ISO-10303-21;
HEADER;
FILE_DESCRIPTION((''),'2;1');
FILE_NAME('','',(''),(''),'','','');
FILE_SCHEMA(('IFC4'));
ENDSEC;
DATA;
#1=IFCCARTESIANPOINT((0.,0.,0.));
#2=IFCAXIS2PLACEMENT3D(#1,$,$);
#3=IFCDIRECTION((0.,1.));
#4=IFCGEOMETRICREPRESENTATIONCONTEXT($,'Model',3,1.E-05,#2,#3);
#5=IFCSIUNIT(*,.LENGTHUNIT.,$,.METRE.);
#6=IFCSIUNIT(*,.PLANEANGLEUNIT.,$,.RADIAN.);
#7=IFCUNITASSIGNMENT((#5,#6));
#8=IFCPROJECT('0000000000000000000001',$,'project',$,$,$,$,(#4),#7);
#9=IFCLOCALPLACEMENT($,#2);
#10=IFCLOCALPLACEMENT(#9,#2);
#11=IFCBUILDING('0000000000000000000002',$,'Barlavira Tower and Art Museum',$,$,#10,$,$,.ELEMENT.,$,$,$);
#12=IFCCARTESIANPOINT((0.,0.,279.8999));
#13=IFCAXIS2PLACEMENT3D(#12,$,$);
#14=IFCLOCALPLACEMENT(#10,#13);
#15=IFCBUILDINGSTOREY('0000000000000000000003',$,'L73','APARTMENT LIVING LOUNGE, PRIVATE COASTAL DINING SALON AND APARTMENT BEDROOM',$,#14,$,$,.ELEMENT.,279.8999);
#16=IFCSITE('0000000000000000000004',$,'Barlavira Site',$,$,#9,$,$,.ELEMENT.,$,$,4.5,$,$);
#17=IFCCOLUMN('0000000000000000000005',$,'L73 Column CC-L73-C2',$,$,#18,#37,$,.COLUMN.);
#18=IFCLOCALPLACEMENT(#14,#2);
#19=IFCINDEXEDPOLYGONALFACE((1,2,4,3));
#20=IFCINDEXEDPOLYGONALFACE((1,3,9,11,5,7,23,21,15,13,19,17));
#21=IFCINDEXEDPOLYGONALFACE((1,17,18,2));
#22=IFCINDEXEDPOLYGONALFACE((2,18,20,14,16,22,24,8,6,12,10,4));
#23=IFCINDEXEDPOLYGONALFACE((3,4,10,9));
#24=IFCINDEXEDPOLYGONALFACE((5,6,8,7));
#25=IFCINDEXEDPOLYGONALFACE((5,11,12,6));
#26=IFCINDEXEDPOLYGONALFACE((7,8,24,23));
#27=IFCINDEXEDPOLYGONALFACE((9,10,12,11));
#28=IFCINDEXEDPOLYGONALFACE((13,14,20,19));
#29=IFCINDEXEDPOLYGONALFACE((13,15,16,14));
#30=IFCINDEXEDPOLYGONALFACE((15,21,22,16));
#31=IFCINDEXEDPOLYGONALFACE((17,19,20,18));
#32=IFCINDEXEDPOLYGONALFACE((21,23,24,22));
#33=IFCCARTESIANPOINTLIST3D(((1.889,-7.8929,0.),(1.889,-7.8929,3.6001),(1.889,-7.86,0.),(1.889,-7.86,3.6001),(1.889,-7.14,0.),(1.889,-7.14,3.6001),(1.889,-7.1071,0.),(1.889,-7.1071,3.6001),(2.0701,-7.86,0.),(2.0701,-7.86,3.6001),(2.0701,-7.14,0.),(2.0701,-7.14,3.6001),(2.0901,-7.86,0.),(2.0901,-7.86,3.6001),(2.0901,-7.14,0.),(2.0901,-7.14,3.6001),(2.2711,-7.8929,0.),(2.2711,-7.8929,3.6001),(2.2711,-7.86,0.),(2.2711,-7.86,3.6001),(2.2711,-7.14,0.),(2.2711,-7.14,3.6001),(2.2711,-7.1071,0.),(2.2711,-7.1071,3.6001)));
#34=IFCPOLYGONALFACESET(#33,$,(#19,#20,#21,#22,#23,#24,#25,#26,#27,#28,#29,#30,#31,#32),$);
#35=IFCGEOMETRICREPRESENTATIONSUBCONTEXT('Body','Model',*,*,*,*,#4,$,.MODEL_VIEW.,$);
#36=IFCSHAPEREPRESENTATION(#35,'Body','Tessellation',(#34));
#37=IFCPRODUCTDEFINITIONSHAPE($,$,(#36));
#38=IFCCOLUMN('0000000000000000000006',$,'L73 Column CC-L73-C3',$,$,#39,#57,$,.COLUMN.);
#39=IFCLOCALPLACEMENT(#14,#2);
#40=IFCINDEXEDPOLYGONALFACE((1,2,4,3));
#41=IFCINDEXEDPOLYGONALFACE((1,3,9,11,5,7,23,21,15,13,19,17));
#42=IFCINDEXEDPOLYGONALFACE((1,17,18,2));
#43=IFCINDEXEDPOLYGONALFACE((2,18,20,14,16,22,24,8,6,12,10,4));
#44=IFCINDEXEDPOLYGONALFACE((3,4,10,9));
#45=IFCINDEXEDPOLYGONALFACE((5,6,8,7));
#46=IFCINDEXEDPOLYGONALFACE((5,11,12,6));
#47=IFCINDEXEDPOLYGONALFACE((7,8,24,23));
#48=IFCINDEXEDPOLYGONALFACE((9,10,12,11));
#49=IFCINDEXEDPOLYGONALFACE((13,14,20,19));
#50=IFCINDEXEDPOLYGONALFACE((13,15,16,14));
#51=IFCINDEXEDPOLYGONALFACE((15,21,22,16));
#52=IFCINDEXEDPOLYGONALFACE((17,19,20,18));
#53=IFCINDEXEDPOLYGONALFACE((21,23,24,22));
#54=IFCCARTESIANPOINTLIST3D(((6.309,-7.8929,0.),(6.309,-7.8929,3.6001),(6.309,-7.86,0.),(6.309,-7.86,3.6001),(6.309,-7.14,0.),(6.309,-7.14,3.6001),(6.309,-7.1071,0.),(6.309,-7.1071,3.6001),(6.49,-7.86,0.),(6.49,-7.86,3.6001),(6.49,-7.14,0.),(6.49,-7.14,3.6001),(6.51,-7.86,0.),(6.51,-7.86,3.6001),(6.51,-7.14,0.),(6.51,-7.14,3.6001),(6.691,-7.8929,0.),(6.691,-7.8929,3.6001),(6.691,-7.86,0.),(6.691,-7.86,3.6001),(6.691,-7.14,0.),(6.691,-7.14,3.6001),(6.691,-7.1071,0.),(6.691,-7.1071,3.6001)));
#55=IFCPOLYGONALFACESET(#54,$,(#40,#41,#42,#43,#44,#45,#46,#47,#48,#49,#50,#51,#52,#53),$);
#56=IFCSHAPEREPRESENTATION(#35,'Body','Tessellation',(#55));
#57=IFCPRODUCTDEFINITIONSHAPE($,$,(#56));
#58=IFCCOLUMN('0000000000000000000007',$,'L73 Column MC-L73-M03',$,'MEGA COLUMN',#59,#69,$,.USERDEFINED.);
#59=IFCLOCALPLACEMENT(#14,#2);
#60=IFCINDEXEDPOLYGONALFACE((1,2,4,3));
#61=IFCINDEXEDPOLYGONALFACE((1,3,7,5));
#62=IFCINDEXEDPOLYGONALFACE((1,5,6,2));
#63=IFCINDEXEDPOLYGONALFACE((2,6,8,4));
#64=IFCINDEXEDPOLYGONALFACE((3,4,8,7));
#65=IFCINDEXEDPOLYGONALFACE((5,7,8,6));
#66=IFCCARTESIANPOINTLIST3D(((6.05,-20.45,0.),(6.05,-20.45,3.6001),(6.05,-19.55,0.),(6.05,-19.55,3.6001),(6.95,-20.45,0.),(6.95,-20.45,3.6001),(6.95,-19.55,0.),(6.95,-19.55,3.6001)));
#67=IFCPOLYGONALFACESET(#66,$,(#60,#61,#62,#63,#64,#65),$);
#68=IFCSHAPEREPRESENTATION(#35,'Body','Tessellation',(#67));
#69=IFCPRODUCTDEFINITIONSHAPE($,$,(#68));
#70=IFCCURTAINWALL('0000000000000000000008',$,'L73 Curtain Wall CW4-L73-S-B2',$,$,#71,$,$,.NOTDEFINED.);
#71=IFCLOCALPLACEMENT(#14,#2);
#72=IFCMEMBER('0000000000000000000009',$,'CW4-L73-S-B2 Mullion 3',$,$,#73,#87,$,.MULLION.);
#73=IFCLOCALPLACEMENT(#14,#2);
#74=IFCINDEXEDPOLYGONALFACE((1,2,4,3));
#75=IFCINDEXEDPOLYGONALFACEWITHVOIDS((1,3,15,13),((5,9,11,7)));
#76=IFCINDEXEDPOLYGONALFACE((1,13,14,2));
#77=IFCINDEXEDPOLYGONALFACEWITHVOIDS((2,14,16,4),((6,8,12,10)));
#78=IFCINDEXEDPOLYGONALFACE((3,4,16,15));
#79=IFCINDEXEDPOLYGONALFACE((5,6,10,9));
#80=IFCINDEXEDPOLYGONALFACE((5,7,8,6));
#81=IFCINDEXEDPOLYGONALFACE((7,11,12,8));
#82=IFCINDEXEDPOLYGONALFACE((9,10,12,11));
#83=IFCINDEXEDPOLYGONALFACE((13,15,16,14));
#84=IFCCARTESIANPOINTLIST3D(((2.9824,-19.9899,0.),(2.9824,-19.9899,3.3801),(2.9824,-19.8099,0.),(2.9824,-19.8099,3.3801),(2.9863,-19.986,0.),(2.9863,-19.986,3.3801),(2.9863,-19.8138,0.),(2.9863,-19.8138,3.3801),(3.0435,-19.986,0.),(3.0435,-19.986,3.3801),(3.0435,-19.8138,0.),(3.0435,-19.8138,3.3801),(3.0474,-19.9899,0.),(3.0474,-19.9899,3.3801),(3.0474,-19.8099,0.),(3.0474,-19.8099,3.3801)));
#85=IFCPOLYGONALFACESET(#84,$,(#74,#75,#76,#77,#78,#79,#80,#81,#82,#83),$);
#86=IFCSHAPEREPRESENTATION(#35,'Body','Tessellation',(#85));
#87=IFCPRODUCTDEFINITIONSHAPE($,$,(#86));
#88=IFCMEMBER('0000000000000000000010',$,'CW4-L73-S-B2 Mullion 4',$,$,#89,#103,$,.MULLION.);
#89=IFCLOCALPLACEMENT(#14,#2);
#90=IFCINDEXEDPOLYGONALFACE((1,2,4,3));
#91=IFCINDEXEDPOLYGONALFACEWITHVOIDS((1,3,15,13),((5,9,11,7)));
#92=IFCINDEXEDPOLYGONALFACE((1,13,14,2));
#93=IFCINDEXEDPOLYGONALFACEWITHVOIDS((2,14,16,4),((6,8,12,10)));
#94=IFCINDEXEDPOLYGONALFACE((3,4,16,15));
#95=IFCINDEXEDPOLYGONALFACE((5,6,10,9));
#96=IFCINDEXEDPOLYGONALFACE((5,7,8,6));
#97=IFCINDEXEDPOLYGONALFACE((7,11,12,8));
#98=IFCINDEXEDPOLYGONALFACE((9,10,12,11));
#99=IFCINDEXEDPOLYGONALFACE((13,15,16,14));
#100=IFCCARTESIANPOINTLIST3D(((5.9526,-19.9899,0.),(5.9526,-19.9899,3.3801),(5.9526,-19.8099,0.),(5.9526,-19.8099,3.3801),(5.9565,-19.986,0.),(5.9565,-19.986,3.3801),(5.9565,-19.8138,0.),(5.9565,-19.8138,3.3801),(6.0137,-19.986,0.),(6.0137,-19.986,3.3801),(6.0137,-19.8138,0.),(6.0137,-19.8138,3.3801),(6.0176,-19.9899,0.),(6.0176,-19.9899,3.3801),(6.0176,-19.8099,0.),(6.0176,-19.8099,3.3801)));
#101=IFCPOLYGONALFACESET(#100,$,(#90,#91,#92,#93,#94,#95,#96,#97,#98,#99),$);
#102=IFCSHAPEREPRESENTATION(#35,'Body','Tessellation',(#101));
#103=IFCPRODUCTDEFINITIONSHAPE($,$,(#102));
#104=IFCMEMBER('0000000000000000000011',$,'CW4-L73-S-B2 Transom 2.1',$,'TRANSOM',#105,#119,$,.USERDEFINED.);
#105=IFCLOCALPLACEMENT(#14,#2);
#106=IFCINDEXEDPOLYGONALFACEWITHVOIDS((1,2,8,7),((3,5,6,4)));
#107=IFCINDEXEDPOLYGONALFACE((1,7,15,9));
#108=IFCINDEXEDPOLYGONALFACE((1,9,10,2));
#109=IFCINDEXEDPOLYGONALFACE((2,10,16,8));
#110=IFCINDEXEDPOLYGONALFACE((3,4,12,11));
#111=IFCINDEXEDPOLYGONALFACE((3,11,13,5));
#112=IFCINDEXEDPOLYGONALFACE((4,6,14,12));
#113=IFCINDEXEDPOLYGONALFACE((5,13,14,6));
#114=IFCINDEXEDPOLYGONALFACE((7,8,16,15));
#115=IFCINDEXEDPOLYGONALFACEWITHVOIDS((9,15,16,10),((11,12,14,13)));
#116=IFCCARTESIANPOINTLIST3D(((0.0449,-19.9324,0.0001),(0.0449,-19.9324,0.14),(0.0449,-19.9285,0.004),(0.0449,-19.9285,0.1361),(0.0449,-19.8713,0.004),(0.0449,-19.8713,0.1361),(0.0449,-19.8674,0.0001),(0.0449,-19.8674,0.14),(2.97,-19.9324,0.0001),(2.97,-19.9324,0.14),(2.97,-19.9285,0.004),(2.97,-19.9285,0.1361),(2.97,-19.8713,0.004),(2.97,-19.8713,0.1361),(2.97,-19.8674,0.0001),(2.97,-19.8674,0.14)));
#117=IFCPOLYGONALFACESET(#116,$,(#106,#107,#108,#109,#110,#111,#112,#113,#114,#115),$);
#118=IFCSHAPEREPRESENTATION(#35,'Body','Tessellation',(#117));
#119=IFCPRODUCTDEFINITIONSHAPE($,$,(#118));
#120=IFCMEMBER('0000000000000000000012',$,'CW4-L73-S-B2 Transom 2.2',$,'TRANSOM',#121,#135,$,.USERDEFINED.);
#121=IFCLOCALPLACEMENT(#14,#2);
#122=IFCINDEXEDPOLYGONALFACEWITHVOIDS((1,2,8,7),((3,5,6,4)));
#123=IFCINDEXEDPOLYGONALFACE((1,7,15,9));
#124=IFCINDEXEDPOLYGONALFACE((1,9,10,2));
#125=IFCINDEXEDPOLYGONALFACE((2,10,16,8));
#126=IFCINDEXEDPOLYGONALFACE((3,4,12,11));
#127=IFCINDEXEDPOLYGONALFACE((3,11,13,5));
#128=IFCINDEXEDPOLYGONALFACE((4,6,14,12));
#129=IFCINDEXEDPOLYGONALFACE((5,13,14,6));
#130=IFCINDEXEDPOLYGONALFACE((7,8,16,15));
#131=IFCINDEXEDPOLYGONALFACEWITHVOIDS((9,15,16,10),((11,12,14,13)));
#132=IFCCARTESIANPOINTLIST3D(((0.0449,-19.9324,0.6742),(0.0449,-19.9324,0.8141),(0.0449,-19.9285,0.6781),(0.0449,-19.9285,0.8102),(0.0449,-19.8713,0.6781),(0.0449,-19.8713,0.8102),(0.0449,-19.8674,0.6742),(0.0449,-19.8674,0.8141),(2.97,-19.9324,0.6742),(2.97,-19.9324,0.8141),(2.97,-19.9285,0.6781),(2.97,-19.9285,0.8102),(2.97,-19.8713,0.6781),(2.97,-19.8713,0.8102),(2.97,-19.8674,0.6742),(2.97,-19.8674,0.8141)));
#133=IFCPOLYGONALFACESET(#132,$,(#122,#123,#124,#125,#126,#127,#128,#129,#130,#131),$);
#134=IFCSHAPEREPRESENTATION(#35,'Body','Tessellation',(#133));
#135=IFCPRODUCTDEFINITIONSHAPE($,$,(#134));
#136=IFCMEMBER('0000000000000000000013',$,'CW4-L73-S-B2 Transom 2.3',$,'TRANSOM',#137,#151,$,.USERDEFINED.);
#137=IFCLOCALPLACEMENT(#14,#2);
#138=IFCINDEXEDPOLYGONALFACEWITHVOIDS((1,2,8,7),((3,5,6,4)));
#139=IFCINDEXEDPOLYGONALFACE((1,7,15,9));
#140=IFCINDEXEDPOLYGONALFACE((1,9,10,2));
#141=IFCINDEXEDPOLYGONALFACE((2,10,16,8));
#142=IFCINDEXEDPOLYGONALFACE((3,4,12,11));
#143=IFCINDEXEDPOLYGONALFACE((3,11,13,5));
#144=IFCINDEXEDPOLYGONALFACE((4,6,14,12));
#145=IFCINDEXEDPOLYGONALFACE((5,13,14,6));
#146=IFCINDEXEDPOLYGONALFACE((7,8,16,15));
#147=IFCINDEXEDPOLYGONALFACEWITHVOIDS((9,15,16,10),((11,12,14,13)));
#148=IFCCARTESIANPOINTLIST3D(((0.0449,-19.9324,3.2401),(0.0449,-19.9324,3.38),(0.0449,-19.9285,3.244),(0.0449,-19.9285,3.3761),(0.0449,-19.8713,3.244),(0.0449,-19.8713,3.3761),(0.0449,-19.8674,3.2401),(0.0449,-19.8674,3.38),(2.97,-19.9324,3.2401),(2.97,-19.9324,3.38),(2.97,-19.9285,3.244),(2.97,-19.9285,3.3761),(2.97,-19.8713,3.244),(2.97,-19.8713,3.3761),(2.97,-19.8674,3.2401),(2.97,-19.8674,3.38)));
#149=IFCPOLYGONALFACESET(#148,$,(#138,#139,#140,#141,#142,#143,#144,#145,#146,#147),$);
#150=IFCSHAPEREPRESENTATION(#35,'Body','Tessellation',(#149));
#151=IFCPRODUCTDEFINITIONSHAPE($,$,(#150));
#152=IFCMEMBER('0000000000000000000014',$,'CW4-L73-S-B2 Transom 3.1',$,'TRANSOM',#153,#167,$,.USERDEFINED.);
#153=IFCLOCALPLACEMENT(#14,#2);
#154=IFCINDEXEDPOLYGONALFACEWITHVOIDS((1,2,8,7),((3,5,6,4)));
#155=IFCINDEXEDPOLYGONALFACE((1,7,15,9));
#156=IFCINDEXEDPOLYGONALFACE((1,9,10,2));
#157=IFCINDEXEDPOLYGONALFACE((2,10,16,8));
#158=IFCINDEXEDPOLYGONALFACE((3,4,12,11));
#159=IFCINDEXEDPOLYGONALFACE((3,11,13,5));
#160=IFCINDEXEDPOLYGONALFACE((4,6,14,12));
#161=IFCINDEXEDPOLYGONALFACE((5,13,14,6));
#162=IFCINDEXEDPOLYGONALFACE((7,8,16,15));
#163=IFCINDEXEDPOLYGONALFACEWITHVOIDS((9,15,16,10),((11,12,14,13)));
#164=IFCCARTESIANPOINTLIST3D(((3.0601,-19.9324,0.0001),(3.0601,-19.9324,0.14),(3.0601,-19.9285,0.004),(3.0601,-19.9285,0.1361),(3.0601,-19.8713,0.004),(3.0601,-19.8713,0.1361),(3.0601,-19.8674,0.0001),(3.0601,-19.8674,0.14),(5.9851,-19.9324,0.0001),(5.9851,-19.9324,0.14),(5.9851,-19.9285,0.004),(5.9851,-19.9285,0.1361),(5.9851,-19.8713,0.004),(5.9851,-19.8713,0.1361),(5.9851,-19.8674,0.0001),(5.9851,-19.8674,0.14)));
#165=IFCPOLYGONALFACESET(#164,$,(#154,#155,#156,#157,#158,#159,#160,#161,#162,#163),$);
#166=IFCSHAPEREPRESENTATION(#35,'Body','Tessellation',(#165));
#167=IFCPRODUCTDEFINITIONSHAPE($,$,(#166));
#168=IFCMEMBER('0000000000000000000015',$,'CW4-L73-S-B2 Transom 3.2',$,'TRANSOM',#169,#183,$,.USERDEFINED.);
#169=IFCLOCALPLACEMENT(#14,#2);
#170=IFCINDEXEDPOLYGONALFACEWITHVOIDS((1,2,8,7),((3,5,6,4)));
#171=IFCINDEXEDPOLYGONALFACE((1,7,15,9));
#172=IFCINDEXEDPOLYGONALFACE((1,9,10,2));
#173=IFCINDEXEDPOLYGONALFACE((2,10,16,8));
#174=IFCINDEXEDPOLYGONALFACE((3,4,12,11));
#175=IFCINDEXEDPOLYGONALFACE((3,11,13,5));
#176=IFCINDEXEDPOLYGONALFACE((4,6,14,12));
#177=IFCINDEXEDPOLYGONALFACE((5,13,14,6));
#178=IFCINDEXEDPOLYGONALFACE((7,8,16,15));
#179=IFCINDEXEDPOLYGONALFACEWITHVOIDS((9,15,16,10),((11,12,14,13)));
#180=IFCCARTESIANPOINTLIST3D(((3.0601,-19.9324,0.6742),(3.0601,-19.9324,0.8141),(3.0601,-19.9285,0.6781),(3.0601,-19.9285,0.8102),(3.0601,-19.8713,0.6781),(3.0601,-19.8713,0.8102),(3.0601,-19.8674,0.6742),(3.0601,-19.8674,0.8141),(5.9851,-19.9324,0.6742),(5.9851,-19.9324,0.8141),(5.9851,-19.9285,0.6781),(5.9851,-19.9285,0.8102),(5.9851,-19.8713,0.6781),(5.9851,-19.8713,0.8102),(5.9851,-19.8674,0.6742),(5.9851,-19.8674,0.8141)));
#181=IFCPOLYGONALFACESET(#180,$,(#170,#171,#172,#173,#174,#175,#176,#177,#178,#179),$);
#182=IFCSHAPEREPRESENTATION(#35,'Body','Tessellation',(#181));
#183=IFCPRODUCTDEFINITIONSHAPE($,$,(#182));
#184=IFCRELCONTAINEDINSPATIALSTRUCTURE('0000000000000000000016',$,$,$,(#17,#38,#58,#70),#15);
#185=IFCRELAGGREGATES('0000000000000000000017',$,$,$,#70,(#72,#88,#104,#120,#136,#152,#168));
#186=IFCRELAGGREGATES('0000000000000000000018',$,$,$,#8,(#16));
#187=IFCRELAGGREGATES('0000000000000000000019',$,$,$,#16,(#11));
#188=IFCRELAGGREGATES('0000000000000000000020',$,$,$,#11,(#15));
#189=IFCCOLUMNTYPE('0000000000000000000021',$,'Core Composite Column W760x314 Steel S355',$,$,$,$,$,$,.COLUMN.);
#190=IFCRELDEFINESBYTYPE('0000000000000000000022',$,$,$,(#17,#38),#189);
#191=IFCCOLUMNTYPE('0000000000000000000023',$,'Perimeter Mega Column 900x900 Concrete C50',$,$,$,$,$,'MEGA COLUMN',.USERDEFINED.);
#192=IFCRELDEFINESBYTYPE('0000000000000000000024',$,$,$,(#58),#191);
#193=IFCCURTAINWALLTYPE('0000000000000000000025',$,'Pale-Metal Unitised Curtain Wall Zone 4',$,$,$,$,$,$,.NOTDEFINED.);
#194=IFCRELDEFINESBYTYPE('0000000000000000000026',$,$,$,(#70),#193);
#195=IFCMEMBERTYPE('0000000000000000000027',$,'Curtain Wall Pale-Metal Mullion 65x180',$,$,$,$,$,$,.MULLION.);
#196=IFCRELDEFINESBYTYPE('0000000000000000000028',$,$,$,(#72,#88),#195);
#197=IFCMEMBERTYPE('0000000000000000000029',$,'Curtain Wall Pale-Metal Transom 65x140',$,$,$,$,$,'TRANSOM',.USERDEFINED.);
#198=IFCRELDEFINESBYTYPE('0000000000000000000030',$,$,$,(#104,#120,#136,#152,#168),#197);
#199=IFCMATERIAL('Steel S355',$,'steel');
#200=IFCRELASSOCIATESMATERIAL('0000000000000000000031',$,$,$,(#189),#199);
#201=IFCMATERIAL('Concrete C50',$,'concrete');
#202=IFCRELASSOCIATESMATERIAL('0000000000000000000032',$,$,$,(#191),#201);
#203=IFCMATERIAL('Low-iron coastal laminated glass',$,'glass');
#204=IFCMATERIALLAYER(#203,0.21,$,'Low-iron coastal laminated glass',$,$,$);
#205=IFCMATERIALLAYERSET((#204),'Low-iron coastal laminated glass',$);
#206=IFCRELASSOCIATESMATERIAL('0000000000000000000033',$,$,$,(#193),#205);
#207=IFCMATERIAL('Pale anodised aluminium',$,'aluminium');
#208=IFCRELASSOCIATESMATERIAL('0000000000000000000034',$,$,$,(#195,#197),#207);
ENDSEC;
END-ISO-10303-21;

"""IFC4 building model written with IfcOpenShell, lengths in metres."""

from ifc_helpers import new_model, si_unit, direction, frame, origin, origin_2d, place, context, subcontext, project, spatial, rectangle, hollow_rectangle, i_section, extrude, material, layer, layer_set, material_profile, profile_set, type_object, element, aggregate, save


model = new_model("IFC4")

# Units and contexts
model_context = context("Model", 3, precision=1e-05, world=origin(), true_north=direction((0.0, 1.0)))
body_context = subcontext(model_context, "Body", "Model", "MODEL_VIEW")
ifc_project = project(units=[si_unit("LENGTHUNIT", "METRE"), si_unit("PLANEANGLEUNIT", "RADIAN")], contexts=[model_context])

# Site, building, storey
site_placement = place(None, origin())
site = spatial("IfcSite", under=ifc_project, at=site_placement, Name="Barlavira Site", CompositionType="ELEMENT", RefElevation=4.5)
building_placement = place(site_placement, origin())
building = spatial("IfcBuilding", under=site, at=building_placement, Name="Barlavira Tower and Art Museum", CompositionType="ELEMENT")
storey_placement = place(building_placement, frame((0.0, 0.0, 279.8999)))
storey = spatial("IfcBuildingStorey", under=building, at=storey_placement, Name="L73", Description="APARTMENT LIVING LOUNGE, PRIVATE COASTAL DINING SALON AND APARTMENT BEDROOM", CompositionType="ELEMENT", Elevation=279.8999)

# Columns
ifc_material_1 = material(Name="Steel S355", Category="steel")
ifc_material_profile_1 = material_profile(ifc_material_1, i_section(OverallWidth=0.3821, OverallDepth=0.7859, WebThickness=0.02, FlangeThickness=0.033, at=origin_2d()), Name="W760x314.0")
ifc_profile_set_1 = profile_set([ifc_material_profile_1], Name="Steel S355")
column_type_1 = type_object("IfcColumnType", Name="Core Composite Column W760x314 Steel S355", PredefinedType="COLUMN", material=ifc_profile_set_1)
for number, where, z_axis, x_axis, name in (
    (1, (2.0801, -7.5, 0.0), (0.0, 0.0, 1.0), (1.0, 0.0, 0.0), "L73 Column CC-L73-C2"),
    (2, (6.5, -7.5, 0.0), (0.0, 0.0, 1.0), (1.0, 0.0, 0.0), "L73 Column CC-L73-C3"),
):
    element("IfcColumn", number, at=place(storey_placement, frame(where, z_axis=z_axis, x_axis=x_axis)), inside=storey, type_object=column_type_1, Name=name, PredefinedType="COLUMN", context=body_context, shape_type="SweptSolid", body=[
        extrude(i_section(OverallWidth=0.3821, OverallDepth=0.7859, WebThickness=0.02, FlangeThickness=0.033, at=origin_2d()), origin(), (0.0, 0.0, 1.0), 3.6001),
    ])
ifc_material_2 = material(Name="Concrete C50", Category="concrete")
ifc_material_profile_2 = material_profile(ifc_material_2, rectangle(XDim=0.8999, YDim=0.8999, at=origin_2d()), Name="RC-COL 900x900")
ifc_profile_set_2 = profile_set([ifc_material_profile_2], Name="Concrete C50")
column_type_2 = type_object("IfcColumnType", Name="Perimeter Mega Column 900x900 Concrete C50", ElementType="MEGA COLUMN", PredefinedType="USERDEFINED", material=ifc_profile_set_2)
column_placement = place(storey_placement, frame((6.5, -20.0, 0.0), z_axis=(0.0, 0.0, 1.0), x_axis=(1.0, 0.0, 0.0)))
element("IfcColumn", 3, at=column_placement, inside=storey, type_object=column_type_2, Name="L73 Column MC-L73-M03", ObjectType="MEGA COLUMN", PredefinedType="USERDEFINED", context=body_context, shape_type="SweptSolid", body=[
    extrude(rectangle(XDim=0.8999, YDim=0.8999, at=origin_2d()), origin(), (0.0, 0.0, 1.0), 3.6001),
])

# Curtain wall, members
ifc_material_3 = material(Name="Low-iron coastal laminated glass", Category="glass")
ifc_layer_1 = layer(ifc_material_3, 0.21, Name="Low-iron coastal laminated glass")
ifc_layer_set_1 = layer_set([ifc_layer_1], Name="Low-iron coastal laminated glass")
curtain_wall_type = type_object("IfcCurtainWallType", Name="Pale-Metal Unitised Curtain Wall Zone 4", PredefinedType="NOTDEFINED", material=ifc_layer_set_1)
curtain_wall_placement = place(storey_placement, origin())
curtain_wall = element("IfcCurtainWall", 4, at=curtain_wall_placement, inside=storey, type_object=curtain_wall_type, Name="L73 Curtain Wall CW4-L73-S-B2", PredefinedType="NOTDEFINED")
ifc_material_4 = material(Name="Pale anodised aluminium", Category="aluminium")
ifc_material_profile_3 = material_profile(ifc_material_4, hollow_rectangle(XDim=0.0649, YDim=0.1799, WallThickness=0.0039, at=origin_2d()), Name="ALU-MULL 65x180x4")
ifc_profile_set_3 = profile_set([ifc_material_profile_3], Name="Pale anodised aluminium")
member_type_1 = type_object("IfcMemberType", Name="Curtain Wall Pale-Metal Mullion 65x180", PredefinedType="MULLION", material=ifc_profile_set_3)
member_1_placement = place(storey_placement, frame((3.0149, -19.8999, 0.0), z_axis=(0.0, 0.0, 1.0), x_axis=(1.0, 0.0, 0.0)))
member_1 = element("IfcMember", 5, at=member_1_placement, type_object=member_type_1, Name="CW4-L73-S-B2 Mullion 3", PredefinedType="MULLION", context=body_context, shape_type="SweptSolid", body=[
    extrude(hollow_rectangle(XDim=0.0649, YDim=0.1799, WallThickness=0.0039, at=origin_2d()), origin(), (0.0, 0.0, 1.0), 3.3801),
])
member_2_placement = place(storey_placement, frame((5.9851, -19.8999, 0.0), z_axis=(0.0, 0.0, 1.0), x_axis=(1.0, 0.0, 0.0)))
member_2 = element("IfcMember", 6, at=member_2_placement, type_object=member_type_1, Name="CW4-L73-S-B2 Mullion 4", PredefinedType="MULLION", context=body_context, shape_type="SweptSolid", body=[
    extrude(hollow_rectangle(XDim=0.0649, YDim=0.1799, WallThickness=0.0039, at=origin_2d()), origin(), (0.0, 0.0, 1.0), 3.3801),
])
ifc_material_profile_4 = material_profile(ifc_material_4, hollow_rectangle(XDim=0.0649, YDim=0.1399, WallThickness=0.0039, at=origin_2d()), Name="ALU-TRAN 65x140x4")
ifc_profile_set_4 = profile_set([ifc_material_profile_4], Name="Pale anodised aluminium")
member_type_2 = type_object("IfcMemberType", Name="Curtain Wall Pale-Metal Transom 65x140", ElementType="TRANSOM", PredefinedType="USERDEFINED", material=ifc_profile_set_4)
member_3_placement = place(storey_placement, frame((0.0449, -19.8999, 0.0701), z_axis=(1.0, 0.0, 0.0), x_axis=(0.0, 1.0, 0.0)))
member_3 = element("IfcMember", 7, at=member_3_placement, type_object=member_type_2, Name="CW4-L73-S-B2 Transom 2.1", ObjectType="TRANSOM", PredefinedType="USERDEFINED", context=body_context, shape_type="SweptSolid", body=[
    extrude(hollow_rectangle(XDim=0.0649, YDim=0.1399, WallThickness=0.0039, at=origin_2d()), origin(), (0.0, 0.0, 1.0), 2.925),
])
member_4_placement = place(storey_placement, frame((0.0449, -19.8999, 0.7441), z_axis=(1.0, 0.0, 0.0), x_axis=(0.0, 1.0, 0.0)))
member_4 = element("IfcMember", 8, at=member_4_placement, type_object=member_type_2, Name="CW4-L73-S-B2 Transom 2.2", ObjectType="TRANSOM", PredefinedType="USERDEFINED", context=body_context, shape_type="SweptSolid", body=[
    extrude(hollow_rectangle(XDim=0.0649, YDim=0.1399, WallThickness=0.0039, at=origin_2d()), origin(), (0.0, 0.0, 1.0), 2.925),
])
member_5_placement = place(storey_placement, frame((0.0449, -19.8999, 3.3101), z_axis=(1.0, 0.0, 0.0), x_axis=(0.0, 1.0, 0.0)))
member_5 = element("IfcMember", 9, at=member_5_placement, type_object=member_type_2, Name="CW4-L73-S-B2 Transom 2.3", ObjectType="TRANSOM", PredefinedType="USERDEFINED", context=body_context, shape_type="SweptSolid", body=[
    extrude(hollow_rectangle(XDim=0.0649, YDim=0.1399, WallThickness=0.0039, at=origin_2d()), origin(), (0.0, 0.0, 1.0), 2.925),
])
member_6_placement = place(storey_placement, frame((3.0601, -19.8999, 0.0701), z_axis=(1.0, 0.0, 0.0), x_axis=(0.0, 1.0, 0.0)))
member_6 = element("IfcMember", 10, at=member_6_placement, type_object=member_type_2, Name="CW4-L73-S-B2 Transom 3.1", ObjectType="TRANSOM", PredefinedType="USERDEFINED", context=body_context, shape_type="SweptSolid", body=[
    extrude(hollow_rectangle(XDim=0.0649, YDim=0.1399, WallThickness=0.0039, at=origin_2d()), origin(), (0.0, 0.0, 1.0), 2.925),
])
member_7_placement = place(storey_placement, frame((3.0601, -19.8999, 0.7441), z_axis=(1.0, 0.0, 0.0), x_axis=(0.0, 1.0, 0.0)))
member_7 = element("IfcMember", 11, at=member_7_placement, type_object=member_type_2, Name="CW4-L73-S-B2 Transom 3.2", ObjectType="TRANSOM", PredefinedType="USERDEFINED", context=body_context, shape_type="SweptSolid", body=[
    extrude(hollow_rectangle(XDim=0.0649, YDim=0.1399, WallThickness=0.0039, at=origin_2d()), origin(), (0.0, 0.0, 1.0), 2.925),
])

aggregate(curtain_wall, [member_1, member_2, member_3, member_4, member_5, member_6, member_7])

save(model, "model.ifc")
